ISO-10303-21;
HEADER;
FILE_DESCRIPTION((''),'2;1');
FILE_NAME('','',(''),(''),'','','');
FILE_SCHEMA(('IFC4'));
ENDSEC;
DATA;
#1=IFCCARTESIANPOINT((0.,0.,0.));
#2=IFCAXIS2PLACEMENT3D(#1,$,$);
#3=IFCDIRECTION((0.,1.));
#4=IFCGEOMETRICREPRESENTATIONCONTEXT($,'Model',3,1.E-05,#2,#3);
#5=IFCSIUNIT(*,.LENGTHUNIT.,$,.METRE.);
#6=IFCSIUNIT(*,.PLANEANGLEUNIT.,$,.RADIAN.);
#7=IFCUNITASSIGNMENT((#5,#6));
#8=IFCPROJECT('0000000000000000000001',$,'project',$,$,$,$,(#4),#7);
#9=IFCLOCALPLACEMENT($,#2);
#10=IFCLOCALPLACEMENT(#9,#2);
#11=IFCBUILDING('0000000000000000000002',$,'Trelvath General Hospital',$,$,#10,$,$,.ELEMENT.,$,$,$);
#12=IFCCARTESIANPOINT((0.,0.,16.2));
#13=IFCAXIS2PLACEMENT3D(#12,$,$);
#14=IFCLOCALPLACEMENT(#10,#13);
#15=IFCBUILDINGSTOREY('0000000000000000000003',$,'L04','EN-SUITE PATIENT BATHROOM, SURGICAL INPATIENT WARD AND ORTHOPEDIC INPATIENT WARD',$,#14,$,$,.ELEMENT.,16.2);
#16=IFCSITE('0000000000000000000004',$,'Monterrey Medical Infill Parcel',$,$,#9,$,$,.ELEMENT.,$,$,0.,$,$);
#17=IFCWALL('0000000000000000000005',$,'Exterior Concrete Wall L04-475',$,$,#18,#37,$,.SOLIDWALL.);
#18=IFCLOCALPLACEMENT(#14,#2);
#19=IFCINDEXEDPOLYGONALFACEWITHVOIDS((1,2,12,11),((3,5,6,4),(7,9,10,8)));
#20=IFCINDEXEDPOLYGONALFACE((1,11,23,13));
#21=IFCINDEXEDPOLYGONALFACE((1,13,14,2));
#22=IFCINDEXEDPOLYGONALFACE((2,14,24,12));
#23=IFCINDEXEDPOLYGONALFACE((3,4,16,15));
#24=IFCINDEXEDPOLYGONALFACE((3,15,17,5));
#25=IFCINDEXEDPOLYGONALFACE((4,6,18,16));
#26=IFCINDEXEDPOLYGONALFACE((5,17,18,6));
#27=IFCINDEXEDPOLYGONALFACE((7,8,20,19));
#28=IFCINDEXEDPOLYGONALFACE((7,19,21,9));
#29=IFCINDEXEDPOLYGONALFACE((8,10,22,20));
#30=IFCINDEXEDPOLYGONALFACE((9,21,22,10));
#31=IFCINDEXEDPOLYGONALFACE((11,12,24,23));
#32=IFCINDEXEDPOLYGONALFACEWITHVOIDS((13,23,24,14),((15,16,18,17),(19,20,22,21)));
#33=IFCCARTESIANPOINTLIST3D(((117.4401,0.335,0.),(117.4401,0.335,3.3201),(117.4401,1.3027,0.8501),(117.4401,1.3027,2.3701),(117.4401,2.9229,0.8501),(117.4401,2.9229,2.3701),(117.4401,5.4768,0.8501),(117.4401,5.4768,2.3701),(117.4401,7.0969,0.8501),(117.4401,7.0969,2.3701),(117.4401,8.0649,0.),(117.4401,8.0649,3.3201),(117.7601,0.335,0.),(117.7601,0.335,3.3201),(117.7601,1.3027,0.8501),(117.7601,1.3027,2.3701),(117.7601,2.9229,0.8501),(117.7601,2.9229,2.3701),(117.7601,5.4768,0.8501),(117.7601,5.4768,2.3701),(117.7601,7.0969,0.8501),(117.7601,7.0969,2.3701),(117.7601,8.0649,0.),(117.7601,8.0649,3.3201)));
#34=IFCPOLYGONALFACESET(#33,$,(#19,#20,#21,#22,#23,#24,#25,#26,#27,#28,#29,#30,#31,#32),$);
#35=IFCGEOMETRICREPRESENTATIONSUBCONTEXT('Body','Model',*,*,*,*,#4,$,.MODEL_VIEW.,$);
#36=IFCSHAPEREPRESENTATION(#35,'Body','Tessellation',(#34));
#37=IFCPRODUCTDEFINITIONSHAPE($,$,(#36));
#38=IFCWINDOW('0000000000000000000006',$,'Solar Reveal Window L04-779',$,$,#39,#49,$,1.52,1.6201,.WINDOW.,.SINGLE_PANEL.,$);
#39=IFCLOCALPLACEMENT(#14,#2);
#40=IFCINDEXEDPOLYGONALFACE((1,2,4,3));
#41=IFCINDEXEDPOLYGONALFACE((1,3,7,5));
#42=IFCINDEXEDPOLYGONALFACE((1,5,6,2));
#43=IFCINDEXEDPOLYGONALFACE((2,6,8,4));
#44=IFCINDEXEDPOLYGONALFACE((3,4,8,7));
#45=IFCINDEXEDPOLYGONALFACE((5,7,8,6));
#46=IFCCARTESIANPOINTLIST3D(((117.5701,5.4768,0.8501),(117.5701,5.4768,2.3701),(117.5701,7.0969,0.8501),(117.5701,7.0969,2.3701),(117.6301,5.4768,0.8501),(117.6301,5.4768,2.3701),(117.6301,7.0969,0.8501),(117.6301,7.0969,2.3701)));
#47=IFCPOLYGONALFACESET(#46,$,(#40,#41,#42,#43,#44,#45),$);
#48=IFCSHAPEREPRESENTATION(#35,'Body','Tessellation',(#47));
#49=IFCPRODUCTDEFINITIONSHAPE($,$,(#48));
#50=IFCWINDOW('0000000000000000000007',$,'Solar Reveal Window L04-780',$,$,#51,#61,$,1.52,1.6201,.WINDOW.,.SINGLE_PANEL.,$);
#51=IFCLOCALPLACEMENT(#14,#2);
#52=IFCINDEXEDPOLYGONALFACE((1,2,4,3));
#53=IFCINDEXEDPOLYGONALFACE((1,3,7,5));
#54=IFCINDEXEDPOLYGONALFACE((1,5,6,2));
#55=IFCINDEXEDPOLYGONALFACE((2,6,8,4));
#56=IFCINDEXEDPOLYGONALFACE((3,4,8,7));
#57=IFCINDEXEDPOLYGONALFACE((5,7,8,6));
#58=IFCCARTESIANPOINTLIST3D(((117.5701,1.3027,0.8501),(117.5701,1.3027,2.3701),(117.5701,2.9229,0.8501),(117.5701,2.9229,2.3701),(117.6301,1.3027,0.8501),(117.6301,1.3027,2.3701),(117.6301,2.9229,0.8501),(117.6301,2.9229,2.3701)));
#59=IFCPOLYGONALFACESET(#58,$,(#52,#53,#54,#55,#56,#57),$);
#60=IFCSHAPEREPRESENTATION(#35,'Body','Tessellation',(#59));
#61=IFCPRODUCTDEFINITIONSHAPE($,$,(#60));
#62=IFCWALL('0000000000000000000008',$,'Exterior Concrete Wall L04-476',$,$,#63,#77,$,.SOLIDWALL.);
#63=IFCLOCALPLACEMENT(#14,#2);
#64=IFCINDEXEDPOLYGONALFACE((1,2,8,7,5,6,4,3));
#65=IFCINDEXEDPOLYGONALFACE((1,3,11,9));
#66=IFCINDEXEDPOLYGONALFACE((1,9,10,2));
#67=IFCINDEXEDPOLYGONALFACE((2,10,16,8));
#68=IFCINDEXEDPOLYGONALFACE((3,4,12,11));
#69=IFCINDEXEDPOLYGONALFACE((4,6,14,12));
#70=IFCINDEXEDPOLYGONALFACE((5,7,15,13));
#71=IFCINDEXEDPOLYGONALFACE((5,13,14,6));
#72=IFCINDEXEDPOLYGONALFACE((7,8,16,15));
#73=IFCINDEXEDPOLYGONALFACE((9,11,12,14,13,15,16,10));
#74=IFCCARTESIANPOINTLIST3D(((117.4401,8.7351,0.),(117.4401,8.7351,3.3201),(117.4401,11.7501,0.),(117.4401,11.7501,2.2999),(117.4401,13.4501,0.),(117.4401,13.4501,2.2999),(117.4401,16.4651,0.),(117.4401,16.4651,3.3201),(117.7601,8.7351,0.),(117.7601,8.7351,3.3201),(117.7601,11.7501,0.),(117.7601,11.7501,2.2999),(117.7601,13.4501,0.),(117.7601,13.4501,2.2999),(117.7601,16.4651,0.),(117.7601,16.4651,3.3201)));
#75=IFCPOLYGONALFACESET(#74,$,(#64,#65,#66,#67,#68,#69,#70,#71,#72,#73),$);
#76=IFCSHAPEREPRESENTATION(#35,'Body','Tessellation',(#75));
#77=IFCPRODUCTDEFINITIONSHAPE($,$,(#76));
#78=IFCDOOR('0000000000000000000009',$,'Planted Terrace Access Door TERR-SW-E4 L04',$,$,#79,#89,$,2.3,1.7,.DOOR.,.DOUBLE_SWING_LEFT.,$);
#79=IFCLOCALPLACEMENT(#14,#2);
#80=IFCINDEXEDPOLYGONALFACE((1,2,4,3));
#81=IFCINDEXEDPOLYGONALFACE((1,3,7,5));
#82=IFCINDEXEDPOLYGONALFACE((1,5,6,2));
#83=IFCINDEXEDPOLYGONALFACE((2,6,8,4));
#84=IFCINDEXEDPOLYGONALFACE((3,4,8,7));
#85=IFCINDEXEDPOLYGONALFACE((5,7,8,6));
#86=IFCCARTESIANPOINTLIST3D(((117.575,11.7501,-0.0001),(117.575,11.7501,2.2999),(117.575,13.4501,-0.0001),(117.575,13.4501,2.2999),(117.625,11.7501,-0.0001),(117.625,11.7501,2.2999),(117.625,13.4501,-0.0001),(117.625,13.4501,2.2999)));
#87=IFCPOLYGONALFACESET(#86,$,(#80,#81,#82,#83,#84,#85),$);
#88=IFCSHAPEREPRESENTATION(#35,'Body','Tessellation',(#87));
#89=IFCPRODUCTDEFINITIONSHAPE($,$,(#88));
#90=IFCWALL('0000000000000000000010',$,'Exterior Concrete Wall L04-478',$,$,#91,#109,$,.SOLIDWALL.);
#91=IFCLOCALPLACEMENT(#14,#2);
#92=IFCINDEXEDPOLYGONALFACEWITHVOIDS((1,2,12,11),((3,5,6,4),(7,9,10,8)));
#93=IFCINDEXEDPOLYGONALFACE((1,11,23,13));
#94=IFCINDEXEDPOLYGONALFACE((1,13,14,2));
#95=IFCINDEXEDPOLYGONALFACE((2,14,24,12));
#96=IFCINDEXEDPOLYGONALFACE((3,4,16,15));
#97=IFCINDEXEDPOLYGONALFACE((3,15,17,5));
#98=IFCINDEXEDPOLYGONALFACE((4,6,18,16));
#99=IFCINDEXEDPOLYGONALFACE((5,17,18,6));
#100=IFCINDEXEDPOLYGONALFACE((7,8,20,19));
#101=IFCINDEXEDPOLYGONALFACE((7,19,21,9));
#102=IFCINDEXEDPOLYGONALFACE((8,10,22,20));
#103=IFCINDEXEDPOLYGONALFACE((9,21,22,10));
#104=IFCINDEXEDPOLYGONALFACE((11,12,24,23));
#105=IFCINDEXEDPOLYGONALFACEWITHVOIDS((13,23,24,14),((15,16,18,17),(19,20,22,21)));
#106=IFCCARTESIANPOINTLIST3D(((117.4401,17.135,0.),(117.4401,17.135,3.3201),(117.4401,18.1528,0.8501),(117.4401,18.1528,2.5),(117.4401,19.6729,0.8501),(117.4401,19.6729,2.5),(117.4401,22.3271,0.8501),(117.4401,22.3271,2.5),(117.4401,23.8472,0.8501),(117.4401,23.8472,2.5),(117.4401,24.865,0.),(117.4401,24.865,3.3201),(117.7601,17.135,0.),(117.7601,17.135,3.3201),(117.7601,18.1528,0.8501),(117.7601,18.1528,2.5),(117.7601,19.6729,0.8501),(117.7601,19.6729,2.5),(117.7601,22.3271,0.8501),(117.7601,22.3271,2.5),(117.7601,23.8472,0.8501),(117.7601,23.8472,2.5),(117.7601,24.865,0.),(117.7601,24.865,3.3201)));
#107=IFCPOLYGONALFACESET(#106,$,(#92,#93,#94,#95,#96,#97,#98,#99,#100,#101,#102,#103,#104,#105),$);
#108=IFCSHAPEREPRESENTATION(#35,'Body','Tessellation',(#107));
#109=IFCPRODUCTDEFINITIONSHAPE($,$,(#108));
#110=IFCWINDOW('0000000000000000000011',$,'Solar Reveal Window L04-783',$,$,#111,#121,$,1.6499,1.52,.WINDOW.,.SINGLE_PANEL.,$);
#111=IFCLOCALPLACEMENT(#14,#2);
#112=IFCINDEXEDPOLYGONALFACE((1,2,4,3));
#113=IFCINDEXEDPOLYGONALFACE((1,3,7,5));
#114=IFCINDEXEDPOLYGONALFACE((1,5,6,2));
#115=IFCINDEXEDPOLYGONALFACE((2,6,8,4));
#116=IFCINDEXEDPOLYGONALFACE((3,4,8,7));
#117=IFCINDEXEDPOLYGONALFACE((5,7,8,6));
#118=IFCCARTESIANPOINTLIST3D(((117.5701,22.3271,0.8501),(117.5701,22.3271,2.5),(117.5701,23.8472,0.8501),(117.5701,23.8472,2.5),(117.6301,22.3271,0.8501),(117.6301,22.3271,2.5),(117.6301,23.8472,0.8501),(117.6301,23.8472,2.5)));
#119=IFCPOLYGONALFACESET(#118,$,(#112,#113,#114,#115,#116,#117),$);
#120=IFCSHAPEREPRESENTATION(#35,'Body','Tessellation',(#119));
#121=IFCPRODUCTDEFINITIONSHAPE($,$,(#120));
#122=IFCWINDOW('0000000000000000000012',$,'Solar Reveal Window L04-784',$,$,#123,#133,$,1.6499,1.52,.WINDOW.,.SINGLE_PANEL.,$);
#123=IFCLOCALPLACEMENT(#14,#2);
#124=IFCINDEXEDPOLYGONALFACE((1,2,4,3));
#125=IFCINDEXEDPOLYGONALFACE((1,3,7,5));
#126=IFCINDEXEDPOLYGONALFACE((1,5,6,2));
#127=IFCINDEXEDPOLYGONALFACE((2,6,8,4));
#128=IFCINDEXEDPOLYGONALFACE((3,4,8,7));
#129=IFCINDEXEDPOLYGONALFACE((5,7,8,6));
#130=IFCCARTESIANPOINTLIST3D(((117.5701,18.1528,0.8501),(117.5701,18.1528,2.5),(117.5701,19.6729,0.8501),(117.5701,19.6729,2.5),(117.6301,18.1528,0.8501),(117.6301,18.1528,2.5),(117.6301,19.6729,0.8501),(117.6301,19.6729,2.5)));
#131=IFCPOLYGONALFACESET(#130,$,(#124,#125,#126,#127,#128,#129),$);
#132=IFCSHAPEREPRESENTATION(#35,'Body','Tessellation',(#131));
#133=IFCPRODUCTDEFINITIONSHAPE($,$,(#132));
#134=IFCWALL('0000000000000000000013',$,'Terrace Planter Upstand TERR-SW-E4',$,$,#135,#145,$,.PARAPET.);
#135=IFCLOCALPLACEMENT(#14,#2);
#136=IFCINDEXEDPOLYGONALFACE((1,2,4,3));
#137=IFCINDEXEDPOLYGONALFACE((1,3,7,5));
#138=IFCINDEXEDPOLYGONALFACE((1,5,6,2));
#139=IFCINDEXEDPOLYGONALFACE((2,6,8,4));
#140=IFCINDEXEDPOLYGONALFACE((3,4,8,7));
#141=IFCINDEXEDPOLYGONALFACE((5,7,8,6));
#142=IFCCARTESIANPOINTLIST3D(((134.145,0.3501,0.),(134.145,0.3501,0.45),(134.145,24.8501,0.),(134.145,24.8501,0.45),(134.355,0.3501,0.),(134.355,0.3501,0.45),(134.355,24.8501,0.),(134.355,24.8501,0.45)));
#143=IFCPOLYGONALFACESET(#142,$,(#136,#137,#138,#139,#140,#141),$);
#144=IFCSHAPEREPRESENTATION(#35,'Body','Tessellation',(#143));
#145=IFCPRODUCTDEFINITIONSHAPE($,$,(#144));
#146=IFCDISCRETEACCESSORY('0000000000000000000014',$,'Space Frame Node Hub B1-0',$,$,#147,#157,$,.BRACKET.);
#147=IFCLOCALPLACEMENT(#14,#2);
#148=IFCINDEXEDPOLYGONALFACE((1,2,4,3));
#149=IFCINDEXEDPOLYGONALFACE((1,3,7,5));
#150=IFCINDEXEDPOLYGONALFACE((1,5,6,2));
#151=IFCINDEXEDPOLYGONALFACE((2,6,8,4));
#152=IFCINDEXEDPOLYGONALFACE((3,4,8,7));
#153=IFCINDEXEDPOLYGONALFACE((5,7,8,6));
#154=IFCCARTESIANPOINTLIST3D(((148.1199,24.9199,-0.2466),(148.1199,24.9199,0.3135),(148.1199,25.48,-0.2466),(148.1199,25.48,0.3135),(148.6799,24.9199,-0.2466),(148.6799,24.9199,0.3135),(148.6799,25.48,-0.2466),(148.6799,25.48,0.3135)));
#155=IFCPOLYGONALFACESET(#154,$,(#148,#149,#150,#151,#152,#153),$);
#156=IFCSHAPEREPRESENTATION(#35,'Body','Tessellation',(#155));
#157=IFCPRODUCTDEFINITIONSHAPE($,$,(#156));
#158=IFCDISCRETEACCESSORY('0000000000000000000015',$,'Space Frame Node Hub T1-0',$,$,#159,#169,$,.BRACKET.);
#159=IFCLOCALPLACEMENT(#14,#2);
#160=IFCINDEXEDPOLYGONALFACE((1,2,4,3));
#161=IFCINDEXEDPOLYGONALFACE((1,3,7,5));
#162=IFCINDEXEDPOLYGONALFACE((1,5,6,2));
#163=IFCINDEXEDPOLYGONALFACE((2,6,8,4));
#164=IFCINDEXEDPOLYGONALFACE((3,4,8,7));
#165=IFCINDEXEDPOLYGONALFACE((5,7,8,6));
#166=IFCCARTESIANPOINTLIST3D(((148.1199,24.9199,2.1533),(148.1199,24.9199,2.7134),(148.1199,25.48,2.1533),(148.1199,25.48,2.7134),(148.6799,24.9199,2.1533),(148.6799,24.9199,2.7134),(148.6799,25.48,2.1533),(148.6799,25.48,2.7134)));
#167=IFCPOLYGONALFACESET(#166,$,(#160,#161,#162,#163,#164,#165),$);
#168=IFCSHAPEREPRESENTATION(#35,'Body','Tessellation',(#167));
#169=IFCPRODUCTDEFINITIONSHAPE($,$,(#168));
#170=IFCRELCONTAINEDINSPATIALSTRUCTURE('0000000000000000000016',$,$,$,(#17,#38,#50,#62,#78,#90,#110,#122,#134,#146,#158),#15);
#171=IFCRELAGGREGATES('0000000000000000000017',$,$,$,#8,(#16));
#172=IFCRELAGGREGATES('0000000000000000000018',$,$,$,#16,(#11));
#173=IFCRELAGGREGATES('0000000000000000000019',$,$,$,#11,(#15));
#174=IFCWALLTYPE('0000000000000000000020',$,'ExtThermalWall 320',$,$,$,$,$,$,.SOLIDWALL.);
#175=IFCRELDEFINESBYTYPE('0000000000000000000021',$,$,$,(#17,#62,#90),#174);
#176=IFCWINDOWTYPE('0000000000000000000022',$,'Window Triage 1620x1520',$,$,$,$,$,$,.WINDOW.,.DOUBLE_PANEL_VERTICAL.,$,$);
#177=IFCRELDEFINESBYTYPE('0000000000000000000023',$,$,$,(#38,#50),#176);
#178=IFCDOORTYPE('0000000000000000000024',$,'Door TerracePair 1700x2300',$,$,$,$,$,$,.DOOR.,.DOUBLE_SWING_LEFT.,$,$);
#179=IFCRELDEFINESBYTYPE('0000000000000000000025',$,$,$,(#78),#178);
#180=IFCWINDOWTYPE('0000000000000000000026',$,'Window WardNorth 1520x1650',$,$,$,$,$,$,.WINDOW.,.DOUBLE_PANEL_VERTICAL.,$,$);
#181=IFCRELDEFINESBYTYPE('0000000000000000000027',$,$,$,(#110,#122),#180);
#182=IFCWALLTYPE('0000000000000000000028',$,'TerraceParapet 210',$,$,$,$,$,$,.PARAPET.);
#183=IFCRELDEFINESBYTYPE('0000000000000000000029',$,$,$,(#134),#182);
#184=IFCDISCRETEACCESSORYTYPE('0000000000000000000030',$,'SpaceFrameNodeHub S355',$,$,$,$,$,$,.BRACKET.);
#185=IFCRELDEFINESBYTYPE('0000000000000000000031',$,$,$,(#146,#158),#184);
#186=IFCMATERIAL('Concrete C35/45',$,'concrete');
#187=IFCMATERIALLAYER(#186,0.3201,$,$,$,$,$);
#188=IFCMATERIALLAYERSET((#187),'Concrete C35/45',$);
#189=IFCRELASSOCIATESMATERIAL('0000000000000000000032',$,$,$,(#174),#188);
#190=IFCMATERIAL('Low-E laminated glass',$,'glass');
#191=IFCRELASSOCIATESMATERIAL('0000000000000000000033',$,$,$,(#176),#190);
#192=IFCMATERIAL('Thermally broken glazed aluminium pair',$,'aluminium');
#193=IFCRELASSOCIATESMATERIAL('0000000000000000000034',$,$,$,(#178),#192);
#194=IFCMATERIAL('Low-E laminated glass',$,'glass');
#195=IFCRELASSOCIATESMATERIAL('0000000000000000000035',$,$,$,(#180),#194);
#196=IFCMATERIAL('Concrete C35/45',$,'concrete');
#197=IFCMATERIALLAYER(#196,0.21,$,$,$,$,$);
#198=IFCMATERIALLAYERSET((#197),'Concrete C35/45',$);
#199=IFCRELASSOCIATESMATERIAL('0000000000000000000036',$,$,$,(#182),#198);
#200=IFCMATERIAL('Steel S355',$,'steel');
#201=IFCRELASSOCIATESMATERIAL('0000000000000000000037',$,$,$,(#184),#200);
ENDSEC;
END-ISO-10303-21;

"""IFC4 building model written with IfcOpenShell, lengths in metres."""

from ifc_helpers import new_model, si_unit, direction, frame, frame_2d, origin, origin_2d, place, context, subcontext, project, spatial, rectangle, extrude, material, layer, layer_set, type_object, element, fill, save


model = new_model("IFC4")

# Units and contexts
model_context = context("Model", 3, precision=1e-05, world=origin(), true_north=direction((0.0, 1.0)))
body_context = subcontext(model_context, "Body", "Model", "MODEL_VIEW")
ifc_project = project(units=[si_unit("LENGTHUNIT", "METRE"), si_unit("PLANEANGLEUNIT", "RADIAN")], contexts=[model_context])

# Site, building, storey
site_placement = place(None, origin())
site = spatial("IfcSite", under=ifc_project, at=site_placement, Name="Monterrey Medical Infill Parcel", CompositionType="ELEMENT", RefElevation=0.0)
building_placement = place(site_placement, origin())
building = spatial("IfcBuilding", under=site, at=building_placement, Name="Trelvath General Hospital", CompositionType="ELEMENT")
storey_placement = place(building_placement, frame((0.0, 0.0, 16.2)))
storey = spatial("IfcBuildingStorey", under=building, at=storey_placement, Name="L04", Description="EN-SUITE PATIENT BATHROOM, SURGICAL INPATIENT WARD AND ORTHOPEDIC INPATIENT WARD", CompositionType="ELEMENT", Elevation=16.2)

# Wall, openings, windows
ifc_material_1 = material(Name="Concrete C35/45", Category="concrete")
ifc_layer_1 = layer(ifc_material_1, 0.3201)
ifc_layer_set_1 = layer_set([ifc_layer_1], Name="Concrete C35/45")
wall_type_1 = type_object("IfcWallType", Name="ExtThermalWall 320", PredefinedType="SOLIDWALL", material=ifc_layer_set_1)
ifc_material_2 = material(Name="Low-E laminated glass", Category="glass")
window_type_1 = type_object("IfcWindowType", Name="Window Triage 1620x1520", PartitioningType="DOUBLE_PANEL_VERTICAL", PredefinedType="WINDOW", material=ifc_material_2)
wall_1_placement = place(storey_placement, frame((117.6001, 8.0649, 0.0), z_axis=(0.0, 0.0, 1.0), x_axis=(0.0, -1.0, 0.0)))
wall_1 = element("IfcWall", 1, at=wall_1_placement, inside=storey, type_object=wall_type_1, Name="Exterior Concrete Wall L04-475", PredefinedType="SOLIDWALL", context=body_context, shape_type="SweptSolid", body=[
    extrude(rectangle(XDim=7.73, YDim=0.3201, at=frame_2d((3.865, 0.0))), origin(), (0.0, 0.0, 1.0), 3.3201),
])
opening_1_placement = place(wall_1_placement, frame((0.968, 0.0, 0.8501)))
opening_1 = element("IfcOpeningElement", 2, at=opening_1_placement, cuts=wall_1, PredefinedType="OPENING", context=body_context, shape_type="SweptSolid", body=[
    extrude(rectangle(XDim=1.6201, YDim=1.52, at=frame_2d((0.8101, 0.76))), frame((0.0, 0.1699, 0.0), z_axis=(0.0, -1.0, 0.0), x_axis=(1.0, 0.0, 0.0)), (0.0, 0.0, 1.0), 0.3401),
])
opening_2_placement = place(wall_1_placement, frame((5.1421, 0.0, 0.8501)))
opening_2 = element("IfcOpeningElement", 3, at=opening_2_placement, cuts=wall_1, PredefinedType="OPENING", context=body_context, shape_type="SweptSolid", body=[
    extrude(rectangle(XDim=1.6201, YDim=1.52, at=frame_2d((0.8101, 0.76))), frame((0.0, 0.1699, 0.0), z_axis=(0.0, -1.0, 0.0), x_axis=(1.0, 0.0, 0.0)), (0.0, 0.0, 1.0), 0.3401),
])
window_1_placement = place(opening_1_placement, origin())
window_1 = element("IfcWindow", 4, at=window_1_placement, inside=storey, type_object=window_type_1, Name="Solar Reveal Window L04-779", OverallHeight=1.52, OverallWidth=1.6201, PartitioningType="SINGLE_PANEL", PredefinedType="WINDOW", context=body_context, shape_type="SweptSolid", body=[
    extrude(rectangle(XDim=1.6201, YDim=1.52, at=frame_2d((0.8101, 0.76))), frame((0.0, 0.03, 0.0), z_axis=(0.0, -1.0, 0.0), x_axis=(1.0, 0.0, 0.0)), (0.0, 0.0, 1.0), 0.0601),
])
fill(opening_1, window_1)
window_2_placement = place(opening_2_placement, origin())
window_2 = element("IfcWindow", 5, at=window_2_placement, inside=storey, type_object=window_type_1, Name="Solar Reveal Window L04-780", OverallHeight=1.52, OverallWidth=1.6201, PartitioningType="SINGLE_PANEL", PredefinedType="WINDOW", context=body_context, shape_type="SweptSolid", body=[
    extrude(rectangle(XDim=1.6201, YDim=1.52, at=frame_2d((0.8101, 0.76))), frame((0.0, 0.03, 0.0), z_axis=(0.0, -1.0, 0.0), x_axis=(1.0, 0.0, 0.0)), (0.0, 0.0, 1.0), 0.0601),
])
fill(opening_2, window_2)

# Wall, opening, door
wall_2_placement = place(storey_placement, frame((117.6001, 16.4651, 0.0), z_axis=(0.0, 0.0, 1.0), x_axis=(0.0, -1.0, 0.0)))
wall_2 = element("IfcWall", 6, at=wall_2_placement, inside=storey, type_object=wall_type_1, Name="Exterior Concrete Wall L04-476", PredefinedType="SOLIDWALL", context=body_context, shape_type="SweptSolid", body=[
    extrude(rectangle(XDim=7.73, YDim=0.3201, at=frame_2d((3.865, 0.0))), origin(), (0.0, 0.0, 1.0), 3.3201),
])
opening_3_placement = place(wall_2_placement, frame((3.0149, 0.0, 0.0)))
opening_3 = element("IfcOpeningElement", 7, at=opening_3_placement, cuts=wall_2, PredefinedType="OPENING", context=body_context, shape_type="SweptSolid", body=[
    extrude(rectangle(XDim=1.7, YDim=2.3, at=frame_2d((0.8501, 1.1499))), frame((0.0, 0.1699, 0.0), z_axis=(0.0, -1.0, 0.0), x_axis=(1.0, 0.0, 0.0)), (0.0, 0.0, 1.0), 0.3401),
])
ifc_material_3 = material(Name="Thermally broken glazed aluminium pair", Category="aluminium")
door_type_1 = type_object("IfcDoorType", Name="Door TerracePair 1700x2300", OperationType="DOUBLE_SWING_LEFT", PredefinedType="DOOR", material=ifc_material_3)
door_1_placement = place(opening_3_placement, origin())
door_1 = element("IfcDoor", 8, at=door_1_placement, inside=storey, type_object=door_type_1, Name="Planted Terrace Access Door TERR-SW-E4 L04", OperationType="DOUBLE_SWING_LEFT", OverallHeight=2.3, OverallWidth=1.7, PredefinedType="DOOR", context=body_context, shape_type="SweptSolid", body=[
    extrude(rectangle(XDim=1.7, YDim=2.3, at=frame_2d((0.8501, 1.1499))), frame((0.0, 0.0249, 0.0), z_axis=(0.0, -1.0, 0.0), x_axis=(1.0, 0.0, 0.0)), (0.0, 0.0, 1.0), 0.05),
])
fill(opening_3, door_1)

# Wall, openings, windows
wall_3_placement = place(storey_placement, frame((117.6001, 24.865, 0.0), z_axis=(0.0, 0.0, 1.0), x_axis=(0.0, -1.0, 0.0)))
wall_3 = element("IfcWall", 9, at=wall_3_placement, inside=storey, type_object=wall_type_1, Name="Exterior Concrete Wall L04-478", PredefinedType="SOLIDWALL", context=body_context, shape_type="SweptSolid", body=[
    extrude(rectangle(XDim=7.73, YDim=0.3201, at=frame_2d((3.865, 0.0))), origin(), (0.0, 0.0, 1.0), 3.3201),
])
opening_4_placement = place(wall_3_placement, frame((1.0178, 0.0, 0.8501)))
opening_4 = element("IfcOpeningElement", 10, at=opening_4_placement, cuts=wall_3, PredefinedType="OPENING", context=body_context, shape_type="SweptSolid", body=[
    extrude(rectangle(XDim=1.52, YDim=1.6499, at=frame_2d((0.76, 0.825))), frame((0.0, 0.1699, 0.0), z_axis=(0.0, -1.0, 0.0), x_axis=(1.0, 0.0, 0.0)), (0.0, 0.0, 1.0), 0.3401),
])
opening_5_placement = place(wall_3_placement, frame((5.1921, 0.0, 0.8501)))
opening_5 = element("IfcOpeningElement", 11, at=opening_5_placement, cuts=wall_3, PredefinedType="OPENING", context=body_context, shape_type="SweptSolid", body=[
    extrude(rectangle(XDim=1.52, YDim=1.6499, at=frame_2d((0.76, 0.825))), frame((0.0, 0.1699, 0.0), z_axis=(0.0, -1.0, 0.0), x_axis=(1.0, 0.0, 0.0)), (0.0, 0.0, 1.0), 0.3401),
])
ifc_material_4 = material(Name="Low-E laminated glass", Category="glass")
window_type_2 = type_object("IfcWindowType", Name="Window WardNorth 1520x1650", PartitioningType="DOUBLE_PANEL_VERTICAL", PredefinedType="WINDOW", material=ifc_material_4)
window_3_placement = place(opening_4_placement, origin())
window_3 = element("IfcWindow", 12, at=window_3_placement, inside=storey, type_object=window_type_2, Name="Solar Reveal Window L04-783", OverallHeight=1.6499, OverallWidth=1.52, PartitioningType="SINGLE_PANEL", PredefinedType="WINDOW", context=body_context, shape_type="SweptSolid", body=[
    extrude(rectangle(XDim=1.52, YDim=1.6499, at=frame_2d((0.76, 0.825))), frame((0.0, 0.03, 0.0), z_axis=(0.0, -1.0, 0.0), x_axis=(1.0, 0.0, 0.0)), (0.0, 0.0, 1.0), 0.0601),
])
fill(opening_4, window_3)
window_4_placement = place(opening_5_placement, origin())
window_4 = element("IfcWindow", 13, at=window_4_placement, inside=storey, type_object=window_type_2, Name="Solar Reveal Window L04-784", OverallHeight=1.6499, OverallWidth=1.52, PartitioningType="SINGLE_PANEL", PredefinedType="WINDOW", context=body_context, shape_type="SweptSolid", body=[
    extrude(rectangle(XDim=1.52, YDim=1.6499, at=frame_2d((0.76, 0.825))), frame((0.0, 0.03, 0.0), z_axis=(0.0, -1.0, 0.0), x_axis=(1.0, 0.0, 0.0)), (0.0, 0.0, 1.0), 0.0601),
])
fill(opening_5, window_4)

# Wall
ifc_material_5 = material(Name="Concrete C35/45", Category="concrete")
ifc_layer_2 = layer(ifc_material_5, 0.21)
ifc_layer_set_2 = layer_set([ifc_layer_2], Name="Concrete C35/45")
wall_type_2 = type_object("IfcWallType", Name="TerraceParapet 210", PredefinedType="PARAPET", material=ifc_layer_set_2)
wall_4_placement = place(storey_placement, frame((134.25, 0.3501, 0.0), z_axis=(0.0, 0.0, 1.0), x_axis=(0.0, 1.0, 0.0)))
element("IfcWall", 14, at=wall_4_placement, inside=storey, type_object=wall_type_2, Name="Terrace Planter Upstand TERR-SW-E4", PredefinedType="PARAPET", context=body_context, shape_type="SweptSolid", body=[
    extrude(rectangle(XDim=24.5, YDim=0.21, at=frame_2d((12.25, 0.0))), origin(), (0.0, 0.0, 1.0), 0.45),
])

# Discrete accessories
ifc_material_6 = material(Name="Steel S355", Category="steel")
discrete_accessory_type = type_object("IfcDiscreteAccessoryType", Name="SpaceFrameNodeHub S355", PredefinedType="BRACKET", material=ifc_material_6)
for number, where, z_axis, x_axis, name in (
    (15, (148.3999, 25.2, -0.2466), (0.0, 0.0, 1.0), (1.0, 0.0, 0.0), "Space Frame Node Hub B1-0"),
    (16, (148.3999, 25.2, 2.1533), (0.0, 0.0, 1.0), (1.0, 0.0, 0.0), "Space Frame Node Hub T1-0"),
):
    element("IfcDiscreteAccessory", number, at=place(storey_placement, frame(where, z_axis=z_axis, x_axis=x_axis)), inside=storey, type_object=discrete_accessory_type, Name=name, PredefinedType="BRACKET", context=body_context, shape_type="SweptSolid", body=[
        extrude(rectangle(XDim=0.5601, YDim=0.5601, at=origin_2d()), origin(), (0.0, 0.0, 1.0), 0.5601),
    ])

save(model, "model.ifc")
